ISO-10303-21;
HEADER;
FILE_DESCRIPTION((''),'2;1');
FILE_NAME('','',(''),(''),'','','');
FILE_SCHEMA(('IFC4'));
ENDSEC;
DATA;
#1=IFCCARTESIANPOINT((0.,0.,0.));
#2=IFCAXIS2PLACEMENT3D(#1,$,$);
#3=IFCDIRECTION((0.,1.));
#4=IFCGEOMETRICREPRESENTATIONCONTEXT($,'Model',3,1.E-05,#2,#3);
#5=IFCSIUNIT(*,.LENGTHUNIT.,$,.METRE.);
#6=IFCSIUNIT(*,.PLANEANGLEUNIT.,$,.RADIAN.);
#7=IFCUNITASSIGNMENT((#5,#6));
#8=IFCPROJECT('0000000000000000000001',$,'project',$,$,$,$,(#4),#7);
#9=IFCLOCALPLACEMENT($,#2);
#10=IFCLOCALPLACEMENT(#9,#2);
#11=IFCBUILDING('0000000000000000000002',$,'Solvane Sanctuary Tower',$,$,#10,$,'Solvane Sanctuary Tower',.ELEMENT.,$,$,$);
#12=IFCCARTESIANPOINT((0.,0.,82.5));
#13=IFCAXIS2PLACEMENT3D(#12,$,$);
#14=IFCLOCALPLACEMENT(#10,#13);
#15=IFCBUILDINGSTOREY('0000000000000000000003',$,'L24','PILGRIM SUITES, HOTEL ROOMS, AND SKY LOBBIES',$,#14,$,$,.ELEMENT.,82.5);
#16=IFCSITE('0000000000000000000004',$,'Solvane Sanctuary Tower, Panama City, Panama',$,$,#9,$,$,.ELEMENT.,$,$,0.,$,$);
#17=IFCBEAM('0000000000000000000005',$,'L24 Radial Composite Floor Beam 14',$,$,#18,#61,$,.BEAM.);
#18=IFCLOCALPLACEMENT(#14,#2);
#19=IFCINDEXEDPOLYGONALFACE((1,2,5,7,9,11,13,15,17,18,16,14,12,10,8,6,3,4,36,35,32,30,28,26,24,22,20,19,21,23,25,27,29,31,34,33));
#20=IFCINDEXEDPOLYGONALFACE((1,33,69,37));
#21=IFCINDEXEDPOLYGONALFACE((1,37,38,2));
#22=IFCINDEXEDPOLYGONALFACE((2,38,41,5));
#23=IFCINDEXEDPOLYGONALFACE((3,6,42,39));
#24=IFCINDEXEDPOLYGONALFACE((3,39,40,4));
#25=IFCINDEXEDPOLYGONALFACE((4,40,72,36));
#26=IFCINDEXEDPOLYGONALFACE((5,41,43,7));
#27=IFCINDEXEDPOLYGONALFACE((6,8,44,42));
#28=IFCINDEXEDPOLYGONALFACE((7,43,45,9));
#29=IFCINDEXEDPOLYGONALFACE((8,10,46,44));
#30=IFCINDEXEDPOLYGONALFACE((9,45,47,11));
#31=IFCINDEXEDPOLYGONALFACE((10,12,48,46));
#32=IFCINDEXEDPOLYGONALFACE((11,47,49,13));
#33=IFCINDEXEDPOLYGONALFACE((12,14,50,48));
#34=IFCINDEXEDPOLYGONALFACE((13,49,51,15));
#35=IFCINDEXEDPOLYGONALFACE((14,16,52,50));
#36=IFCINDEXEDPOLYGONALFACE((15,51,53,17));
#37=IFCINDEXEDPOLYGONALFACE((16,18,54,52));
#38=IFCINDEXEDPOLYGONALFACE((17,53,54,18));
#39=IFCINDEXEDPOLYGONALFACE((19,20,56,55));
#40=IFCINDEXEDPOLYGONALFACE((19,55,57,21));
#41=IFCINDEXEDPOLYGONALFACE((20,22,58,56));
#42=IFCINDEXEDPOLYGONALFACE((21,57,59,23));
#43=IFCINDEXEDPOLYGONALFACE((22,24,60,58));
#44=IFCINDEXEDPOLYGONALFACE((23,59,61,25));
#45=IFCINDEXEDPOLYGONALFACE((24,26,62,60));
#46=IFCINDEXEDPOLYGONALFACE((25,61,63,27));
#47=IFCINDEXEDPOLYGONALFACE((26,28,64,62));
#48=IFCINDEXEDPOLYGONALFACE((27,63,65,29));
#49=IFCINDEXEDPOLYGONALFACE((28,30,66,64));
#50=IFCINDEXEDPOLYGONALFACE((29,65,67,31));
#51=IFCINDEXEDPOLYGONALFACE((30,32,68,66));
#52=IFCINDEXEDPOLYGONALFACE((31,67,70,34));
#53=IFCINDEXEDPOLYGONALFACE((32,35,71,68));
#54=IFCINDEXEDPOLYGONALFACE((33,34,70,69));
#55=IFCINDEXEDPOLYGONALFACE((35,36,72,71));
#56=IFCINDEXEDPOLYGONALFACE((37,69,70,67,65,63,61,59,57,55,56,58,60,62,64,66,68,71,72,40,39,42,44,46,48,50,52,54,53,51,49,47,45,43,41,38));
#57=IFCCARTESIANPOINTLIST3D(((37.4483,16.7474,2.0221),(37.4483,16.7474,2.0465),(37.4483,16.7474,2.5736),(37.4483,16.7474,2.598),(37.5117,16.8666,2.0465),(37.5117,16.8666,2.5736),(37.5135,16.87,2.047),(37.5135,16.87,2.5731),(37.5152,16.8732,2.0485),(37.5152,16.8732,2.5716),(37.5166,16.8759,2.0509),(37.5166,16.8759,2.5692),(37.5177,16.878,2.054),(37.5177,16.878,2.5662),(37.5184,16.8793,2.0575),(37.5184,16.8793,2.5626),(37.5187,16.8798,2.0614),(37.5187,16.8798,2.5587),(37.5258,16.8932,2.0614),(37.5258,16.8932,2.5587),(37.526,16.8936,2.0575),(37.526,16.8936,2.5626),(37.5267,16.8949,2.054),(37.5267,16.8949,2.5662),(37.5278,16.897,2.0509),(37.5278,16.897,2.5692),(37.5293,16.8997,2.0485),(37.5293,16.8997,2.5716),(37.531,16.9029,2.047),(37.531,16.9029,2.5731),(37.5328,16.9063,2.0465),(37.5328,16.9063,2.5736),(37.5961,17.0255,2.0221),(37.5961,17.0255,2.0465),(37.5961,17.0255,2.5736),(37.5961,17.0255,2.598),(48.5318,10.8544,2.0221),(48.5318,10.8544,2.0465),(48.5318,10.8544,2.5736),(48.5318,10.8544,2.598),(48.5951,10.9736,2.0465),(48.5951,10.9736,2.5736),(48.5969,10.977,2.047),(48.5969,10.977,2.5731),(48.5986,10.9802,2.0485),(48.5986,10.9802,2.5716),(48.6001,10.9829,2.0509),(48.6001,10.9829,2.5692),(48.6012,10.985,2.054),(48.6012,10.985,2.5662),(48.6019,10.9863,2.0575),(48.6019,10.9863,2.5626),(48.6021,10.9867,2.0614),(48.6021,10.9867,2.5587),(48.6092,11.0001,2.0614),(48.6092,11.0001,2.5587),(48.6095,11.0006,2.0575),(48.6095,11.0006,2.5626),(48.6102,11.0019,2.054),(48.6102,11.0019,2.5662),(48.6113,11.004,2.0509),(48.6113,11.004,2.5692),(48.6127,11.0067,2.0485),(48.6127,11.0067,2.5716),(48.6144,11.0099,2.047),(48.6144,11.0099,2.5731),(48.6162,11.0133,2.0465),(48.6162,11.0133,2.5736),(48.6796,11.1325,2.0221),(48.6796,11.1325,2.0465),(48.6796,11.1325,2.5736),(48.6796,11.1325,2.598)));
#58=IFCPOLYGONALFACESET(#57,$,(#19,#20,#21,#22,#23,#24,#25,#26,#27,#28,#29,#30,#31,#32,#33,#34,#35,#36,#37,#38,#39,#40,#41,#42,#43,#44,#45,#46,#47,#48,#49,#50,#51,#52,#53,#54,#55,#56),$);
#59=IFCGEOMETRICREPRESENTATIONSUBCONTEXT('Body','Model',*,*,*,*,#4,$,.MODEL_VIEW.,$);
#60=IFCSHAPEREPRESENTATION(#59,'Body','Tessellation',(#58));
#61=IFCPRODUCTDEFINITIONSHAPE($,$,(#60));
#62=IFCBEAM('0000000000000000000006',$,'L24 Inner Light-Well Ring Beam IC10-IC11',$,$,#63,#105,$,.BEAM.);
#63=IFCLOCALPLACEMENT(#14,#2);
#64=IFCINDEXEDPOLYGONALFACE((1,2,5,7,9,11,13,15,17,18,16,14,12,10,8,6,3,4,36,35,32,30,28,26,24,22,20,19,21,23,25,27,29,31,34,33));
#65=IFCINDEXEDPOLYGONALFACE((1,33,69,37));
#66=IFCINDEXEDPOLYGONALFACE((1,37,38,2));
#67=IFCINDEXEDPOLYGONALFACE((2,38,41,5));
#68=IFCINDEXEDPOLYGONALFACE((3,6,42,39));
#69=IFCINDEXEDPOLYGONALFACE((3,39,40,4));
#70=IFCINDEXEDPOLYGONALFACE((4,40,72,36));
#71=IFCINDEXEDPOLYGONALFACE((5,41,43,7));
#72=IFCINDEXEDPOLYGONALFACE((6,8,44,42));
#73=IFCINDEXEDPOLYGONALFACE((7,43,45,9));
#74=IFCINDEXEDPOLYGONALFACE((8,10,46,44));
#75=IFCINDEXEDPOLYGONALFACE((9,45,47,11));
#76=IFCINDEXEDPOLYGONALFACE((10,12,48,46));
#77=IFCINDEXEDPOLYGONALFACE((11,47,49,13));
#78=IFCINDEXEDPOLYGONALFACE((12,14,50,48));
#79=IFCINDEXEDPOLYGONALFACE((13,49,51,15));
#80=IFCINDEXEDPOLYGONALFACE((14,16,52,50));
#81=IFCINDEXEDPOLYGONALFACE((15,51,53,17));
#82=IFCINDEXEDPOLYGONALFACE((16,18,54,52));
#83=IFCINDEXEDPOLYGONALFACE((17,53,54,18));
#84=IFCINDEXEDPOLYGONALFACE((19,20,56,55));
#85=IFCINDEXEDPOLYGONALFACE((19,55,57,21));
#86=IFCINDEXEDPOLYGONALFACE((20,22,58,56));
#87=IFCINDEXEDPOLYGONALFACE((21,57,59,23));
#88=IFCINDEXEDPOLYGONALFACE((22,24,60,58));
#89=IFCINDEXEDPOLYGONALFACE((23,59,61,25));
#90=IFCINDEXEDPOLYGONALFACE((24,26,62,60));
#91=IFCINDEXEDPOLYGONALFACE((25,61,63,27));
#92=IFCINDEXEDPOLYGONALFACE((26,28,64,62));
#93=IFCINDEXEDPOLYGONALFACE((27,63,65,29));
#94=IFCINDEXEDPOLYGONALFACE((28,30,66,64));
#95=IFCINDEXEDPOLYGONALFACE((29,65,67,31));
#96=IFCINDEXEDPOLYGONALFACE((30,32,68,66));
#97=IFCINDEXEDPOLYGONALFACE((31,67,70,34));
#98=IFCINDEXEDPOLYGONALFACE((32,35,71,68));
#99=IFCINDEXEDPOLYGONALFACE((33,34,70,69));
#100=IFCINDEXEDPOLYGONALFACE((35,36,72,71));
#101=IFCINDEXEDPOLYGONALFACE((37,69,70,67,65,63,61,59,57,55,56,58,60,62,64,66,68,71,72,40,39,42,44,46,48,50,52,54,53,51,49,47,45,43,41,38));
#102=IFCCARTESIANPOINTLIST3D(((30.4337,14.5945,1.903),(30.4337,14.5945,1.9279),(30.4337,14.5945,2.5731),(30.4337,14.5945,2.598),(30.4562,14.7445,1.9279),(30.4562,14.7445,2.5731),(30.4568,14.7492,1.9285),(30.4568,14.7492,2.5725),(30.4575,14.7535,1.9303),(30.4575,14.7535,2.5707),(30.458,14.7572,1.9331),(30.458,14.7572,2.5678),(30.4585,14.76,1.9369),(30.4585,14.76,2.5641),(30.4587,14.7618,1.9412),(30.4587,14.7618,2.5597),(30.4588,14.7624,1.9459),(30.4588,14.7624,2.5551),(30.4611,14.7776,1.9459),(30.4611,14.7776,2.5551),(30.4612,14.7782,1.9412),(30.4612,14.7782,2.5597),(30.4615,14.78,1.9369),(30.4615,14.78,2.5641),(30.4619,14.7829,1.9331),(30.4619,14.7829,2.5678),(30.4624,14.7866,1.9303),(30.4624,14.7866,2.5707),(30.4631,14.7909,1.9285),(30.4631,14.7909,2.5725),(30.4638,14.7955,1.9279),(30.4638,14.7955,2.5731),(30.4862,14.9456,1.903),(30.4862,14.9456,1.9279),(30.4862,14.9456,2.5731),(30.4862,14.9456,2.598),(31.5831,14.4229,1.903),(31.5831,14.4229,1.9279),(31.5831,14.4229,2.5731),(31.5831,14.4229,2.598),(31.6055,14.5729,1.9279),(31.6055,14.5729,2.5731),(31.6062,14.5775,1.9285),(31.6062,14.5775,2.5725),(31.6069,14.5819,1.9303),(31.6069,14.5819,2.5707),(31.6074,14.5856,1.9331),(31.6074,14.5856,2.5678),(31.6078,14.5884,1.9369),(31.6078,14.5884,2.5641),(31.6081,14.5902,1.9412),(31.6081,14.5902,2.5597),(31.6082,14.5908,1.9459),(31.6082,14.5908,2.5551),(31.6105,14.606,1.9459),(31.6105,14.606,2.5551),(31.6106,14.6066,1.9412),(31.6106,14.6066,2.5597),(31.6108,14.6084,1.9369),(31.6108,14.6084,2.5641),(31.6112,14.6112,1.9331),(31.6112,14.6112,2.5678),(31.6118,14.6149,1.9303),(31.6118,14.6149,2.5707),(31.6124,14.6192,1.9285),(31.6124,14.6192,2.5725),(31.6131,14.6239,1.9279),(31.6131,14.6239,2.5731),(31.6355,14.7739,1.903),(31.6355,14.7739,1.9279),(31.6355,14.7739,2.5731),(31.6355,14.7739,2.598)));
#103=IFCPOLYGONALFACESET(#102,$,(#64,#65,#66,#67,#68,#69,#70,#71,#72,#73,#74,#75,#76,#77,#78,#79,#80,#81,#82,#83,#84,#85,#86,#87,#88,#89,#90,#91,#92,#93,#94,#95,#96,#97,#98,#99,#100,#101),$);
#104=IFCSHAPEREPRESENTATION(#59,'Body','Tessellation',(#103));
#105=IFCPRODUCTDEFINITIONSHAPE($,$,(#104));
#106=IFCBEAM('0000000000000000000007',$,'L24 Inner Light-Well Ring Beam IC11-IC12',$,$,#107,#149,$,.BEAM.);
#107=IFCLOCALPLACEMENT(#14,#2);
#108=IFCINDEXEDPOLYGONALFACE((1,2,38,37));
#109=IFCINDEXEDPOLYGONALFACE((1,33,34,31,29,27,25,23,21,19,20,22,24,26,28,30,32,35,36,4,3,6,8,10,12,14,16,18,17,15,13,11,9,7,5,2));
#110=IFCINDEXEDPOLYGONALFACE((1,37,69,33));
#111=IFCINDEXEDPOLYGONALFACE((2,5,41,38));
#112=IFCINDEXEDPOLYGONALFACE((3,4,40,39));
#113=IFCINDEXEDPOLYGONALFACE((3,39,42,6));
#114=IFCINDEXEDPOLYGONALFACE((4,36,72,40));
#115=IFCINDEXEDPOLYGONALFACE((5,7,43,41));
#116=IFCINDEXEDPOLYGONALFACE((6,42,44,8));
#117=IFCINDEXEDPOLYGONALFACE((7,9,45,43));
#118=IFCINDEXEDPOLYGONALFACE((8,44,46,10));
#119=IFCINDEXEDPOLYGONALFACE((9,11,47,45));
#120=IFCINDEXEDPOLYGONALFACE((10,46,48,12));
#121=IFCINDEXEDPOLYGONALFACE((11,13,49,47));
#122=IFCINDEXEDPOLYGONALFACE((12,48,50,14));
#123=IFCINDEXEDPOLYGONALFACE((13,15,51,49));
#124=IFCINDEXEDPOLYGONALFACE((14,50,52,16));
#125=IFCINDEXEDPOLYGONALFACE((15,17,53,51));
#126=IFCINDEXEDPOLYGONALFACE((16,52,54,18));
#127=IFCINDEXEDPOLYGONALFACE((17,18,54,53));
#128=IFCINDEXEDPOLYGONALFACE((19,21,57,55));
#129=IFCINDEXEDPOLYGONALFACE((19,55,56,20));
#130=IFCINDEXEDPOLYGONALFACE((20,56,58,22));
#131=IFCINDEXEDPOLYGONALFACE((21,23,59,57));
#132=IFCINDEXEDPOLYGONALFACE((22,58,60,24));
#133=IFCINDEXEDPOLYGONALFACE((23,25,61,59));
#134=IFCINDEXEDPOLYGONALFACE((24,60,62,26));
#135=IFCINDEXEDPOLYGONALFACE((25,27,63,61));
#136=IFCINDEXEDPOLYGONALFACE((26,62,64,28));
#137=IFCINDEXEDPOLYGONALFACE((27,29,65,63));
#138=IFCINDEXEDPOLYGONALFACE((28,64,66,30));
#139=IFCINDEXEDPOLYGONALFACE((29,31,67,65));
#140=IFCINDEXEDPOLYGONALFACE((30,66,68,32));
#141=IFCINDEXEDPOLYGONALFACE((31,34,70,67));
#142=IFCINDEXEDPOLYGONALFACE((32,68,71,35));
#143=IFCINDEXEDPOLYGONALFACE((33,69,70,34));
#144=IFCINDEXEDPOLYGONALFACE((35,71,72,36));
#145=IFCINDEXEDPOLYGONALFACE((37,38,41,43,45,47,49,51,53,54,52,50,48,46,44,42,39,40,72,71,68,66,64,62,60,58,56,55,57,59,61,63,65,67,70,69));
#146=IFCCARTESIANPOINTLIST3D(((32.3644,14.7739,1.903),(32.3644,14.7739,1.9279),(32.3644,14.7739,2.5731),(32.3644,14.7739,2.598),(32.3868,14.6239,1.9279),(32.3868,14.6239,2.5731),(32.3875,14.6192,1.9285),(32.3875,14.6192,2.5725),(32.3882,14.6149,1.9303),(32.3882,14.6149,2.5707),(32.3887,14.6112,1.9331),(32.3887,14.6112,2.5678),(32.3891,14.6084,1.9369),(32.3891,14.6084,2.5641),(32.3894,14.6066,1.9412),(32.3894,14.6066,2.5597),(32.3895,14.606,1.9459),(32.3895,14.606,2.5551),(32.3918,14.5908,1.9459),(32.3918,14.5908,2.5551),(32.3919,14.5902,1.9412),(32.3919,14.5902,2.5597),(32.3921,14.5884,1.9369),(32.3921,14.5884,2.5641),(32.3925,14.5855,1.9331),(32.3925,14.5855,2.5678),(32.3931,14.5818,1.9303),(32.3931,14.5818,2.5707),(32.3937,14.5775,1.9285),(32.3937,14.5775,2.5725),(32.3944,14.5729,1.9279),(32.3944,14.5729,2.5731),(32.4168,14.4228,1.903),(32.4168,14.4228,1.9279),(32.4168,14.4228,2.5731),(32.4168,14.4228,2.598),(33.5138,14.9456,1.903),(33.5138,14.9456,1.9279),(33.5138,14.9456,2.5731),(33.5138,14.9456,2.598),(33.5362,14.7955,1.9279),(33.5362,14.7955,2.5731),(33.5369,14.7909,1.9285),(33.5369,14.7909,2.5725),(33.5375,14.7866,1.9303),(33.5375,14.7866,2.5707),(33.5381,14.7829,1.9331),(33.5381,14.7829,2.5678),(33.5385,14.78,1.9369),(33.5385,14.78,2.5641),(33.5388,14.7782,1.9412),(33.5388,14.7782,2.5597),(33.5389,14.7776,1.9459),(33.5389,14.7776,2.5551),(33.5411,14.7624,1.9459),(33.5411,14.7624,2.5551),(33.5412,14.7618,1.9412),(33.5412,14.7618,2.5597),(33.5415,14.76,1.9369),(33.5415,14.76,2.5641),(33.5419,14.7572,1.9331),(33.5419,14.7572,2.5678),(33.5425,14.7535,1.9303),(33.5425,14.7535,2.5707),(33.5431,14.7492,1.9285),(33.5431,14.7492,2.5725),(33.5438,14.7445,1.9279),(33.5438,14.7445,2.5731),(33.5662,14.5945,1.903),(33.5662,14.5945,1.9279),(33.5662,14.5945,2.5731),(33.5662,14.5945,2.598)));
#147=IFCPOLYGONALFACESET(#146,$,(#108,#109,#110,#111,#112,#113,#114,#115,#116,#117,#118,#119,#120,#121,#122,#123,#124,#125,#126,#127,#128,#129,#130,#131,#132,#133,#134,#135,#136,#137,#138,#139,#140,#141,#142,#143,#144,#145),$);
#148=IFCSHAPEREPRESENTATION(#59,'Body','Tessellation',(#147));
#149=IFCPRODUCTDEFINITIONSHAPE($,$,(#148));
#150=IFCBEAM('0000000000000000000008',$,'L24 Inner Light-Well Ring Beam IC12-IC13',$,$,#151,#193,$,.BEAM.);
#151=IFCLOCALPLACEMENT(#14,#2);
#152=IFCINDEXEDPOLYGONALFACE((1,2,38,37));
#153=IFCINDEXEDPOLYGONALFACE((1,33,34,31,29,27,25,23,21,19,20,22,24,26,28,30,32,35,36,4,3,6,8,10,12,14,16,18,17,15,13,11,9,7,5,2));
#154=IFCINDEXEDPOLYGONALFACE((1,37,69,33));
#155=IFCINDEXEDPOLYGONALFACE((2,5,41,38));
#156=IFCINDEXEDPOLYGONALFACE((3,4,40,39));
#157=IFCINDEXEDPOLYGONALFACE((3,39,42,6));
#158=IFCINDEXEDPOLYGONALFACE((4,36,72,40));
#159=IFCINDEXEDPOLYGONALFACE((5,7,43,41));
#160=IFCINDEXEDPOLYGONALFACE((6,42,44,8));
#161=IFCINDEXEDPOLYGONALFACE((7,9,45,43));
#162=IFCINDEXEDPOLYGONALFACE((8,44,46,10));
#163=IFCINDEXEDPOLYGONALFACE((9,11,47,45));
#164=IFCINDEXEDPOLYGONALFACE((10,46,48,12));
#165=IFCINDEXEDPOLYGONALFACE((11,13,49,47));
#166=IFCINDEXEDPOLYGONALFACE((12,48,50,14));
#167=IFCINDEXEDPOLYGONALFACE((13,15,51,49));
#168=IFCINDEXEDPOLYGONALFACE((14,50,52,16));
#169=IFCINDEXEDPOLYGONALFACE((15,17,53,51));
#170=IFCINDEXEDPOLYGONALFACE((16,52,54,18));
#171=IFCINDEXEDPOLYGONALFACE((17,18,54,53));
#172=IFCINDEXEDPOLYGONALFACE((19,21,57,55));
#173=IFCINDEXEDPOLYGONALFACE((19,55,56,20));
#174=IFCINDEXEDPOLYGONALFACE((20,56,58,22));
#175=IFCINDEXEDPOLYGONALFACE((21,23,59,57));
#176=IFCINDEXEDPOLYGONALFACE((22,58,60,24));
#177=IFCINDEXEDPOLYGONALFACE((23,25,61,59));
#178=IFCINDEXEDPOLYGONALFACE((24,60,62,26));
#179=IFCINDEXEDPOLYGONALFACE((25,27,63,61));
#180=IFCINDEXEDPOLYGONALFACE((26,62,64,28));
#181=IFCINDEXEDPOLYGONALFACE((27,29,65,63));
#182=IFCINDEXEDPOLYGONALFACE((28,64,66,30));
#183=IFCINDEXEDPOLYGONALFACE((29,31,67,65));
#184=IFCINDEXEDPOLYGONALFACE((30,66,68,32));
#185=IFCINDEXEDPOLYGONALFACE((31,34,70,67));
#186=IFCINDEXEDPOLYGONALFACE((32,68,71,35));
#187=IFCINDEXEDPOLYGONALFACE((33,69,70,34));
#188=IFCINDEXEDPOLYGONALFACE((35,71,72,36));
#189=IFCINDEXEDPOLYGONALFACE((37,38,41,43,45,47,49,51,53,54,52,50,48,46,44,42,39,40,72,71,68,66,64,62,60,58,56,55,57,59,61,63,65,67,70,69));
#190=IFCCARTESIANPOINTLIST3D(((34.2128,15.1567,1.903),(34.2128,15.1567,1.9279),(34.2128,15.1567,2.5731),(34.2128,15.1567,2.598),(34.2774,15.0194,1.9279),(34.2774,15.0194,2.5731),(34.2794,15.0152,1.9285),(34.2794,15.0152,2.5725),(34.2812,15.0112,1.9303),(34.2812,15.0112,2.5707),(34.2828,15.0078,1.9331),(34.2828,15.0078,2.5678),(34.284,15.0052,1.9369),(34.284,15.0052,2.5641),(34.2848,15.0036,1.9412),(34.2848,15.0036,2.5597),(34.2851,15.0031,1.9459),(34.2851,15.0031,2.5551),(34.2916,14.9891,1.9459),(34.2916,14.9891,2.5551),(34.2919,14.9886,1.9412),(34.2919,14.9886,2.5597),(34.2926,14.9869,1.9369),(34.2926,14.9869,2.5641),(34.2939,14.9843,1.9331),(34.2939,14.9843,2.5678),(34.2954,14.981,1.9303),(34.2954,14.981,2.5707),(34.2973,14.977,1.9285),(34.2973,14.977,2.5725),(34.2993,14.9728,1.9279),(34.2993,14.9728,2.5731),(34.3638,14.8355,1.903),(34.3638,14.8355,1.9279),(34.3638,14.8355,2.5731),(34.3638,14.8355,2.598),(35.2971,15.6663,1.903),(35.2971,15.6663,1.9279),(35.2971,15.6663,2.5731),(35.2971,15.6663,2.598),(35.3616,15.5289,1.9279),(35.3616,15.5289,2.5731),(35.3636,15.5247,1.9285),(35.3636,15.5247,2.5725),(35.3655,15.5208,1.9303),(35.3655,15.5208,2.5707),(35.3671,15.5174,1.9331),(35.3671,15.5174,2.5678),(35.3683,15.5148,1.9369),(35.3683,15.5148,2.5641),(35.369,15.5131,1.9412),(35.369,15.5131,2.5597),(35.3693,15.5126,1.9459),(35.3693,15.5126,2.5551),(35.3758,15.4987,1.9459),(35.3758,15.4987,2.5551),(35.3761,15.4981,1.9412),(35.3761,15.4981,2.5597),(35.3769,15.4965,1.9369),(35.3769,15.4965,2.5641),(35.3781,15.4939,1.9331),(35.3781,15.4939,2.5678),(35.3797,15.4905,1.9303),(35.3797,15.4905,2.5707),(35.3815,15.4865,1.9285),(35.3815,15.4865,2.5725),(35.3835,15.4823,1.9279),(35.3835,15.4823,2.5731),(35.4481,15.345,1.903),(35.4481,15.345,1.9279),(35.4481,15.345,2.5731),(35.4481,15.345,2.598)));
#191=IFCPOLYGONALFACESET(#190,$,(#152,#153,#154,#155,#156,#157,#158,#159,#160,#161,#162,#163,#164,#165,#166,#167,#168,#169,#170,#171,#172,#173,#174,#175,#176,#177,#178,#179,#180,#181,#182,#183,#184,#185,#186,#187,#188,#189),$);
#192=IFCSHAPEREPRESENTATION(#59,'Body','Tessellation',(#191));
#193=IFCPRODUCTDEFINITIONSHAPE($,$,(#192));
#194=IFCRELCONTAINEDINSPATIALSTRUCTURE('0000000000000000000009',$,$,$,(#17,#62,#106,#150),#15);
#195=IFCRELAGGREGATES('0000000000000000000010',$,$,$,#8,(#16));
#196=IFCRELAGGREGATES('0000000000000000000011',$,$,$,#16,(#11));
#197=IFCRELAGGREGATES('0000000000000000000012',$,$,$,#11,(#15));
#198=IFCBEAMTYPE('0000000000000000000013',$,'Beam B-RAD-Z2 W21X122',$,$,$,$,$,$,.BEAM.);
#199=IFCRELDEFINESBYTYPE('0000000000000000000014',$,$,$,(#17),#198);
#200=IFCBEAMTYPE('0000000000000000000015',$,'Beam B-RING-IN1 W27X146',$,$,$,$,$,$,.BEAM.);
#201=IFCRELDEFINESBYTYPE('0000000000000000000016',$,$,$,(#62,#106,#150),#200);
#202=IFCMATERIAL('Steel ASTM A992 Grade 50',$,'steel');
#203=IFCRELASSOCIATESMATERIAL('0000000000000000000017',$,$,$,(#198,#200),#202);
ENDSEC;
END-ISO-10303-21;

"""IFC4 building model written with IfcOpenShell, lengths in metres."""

from ifc_helpers import new_model, si_unit, direction, frame, origin, origin_2d, place, context, subcontext, project, spatial, i_section, extrude, material, material_profile, profile_set, type_object, element, save


model = new_model("IFC4")

# Units and contexts
model_context = context("Model", 3, precision=1e-05, world=origin(), true_north=direction((0.0, 1.0)))
body_context = subcontext(model_context, "Body", "Model", "MODEL_VIEW")
ifc_project = project(units=[si_unit("LENGTHUNIT", "METRE"), si_unit("PLANEANGLEUNIT", "RADIAN")], contexts=[model_context])

# Site, building, storey
site_placement = place(None, origin())
site = spatial("IfcSite", under=ifc_project, at=site_placement, Name="Solvane Sanctuary Tower, Panama City, Panama", CompositionType="ELEMENT", RefElevation=0.0)
building_placement = place(site_placement, origin())
building = spatial("IfcBuilding", under=site, at=building_placement, Name="Solvane Sanctuary Tower", LongName="Solvane Sanctuary Tower", CompositionType="ELEMENT")
storey_placement = place(building_placement, frame((0.0, 0.0, 82.5)))
storey = spatial("IfcBuildingStorey", under=building, at=storey_placement, Name="L24", Description="PILGRIM SUITES, HOTEL ROOMS, AND SKY LOBBIES", CompositionType="ELEMENT", Elevation=82.5)

# Beams
ifc_material_1 = material(Name="Steel ASTM A992 Grade 50", Category="steel")
ifc_material_profile_1 = material_profile(ifc_material_1, i_section(OverallWidth=0.3149, OverallDepth=0.5759, WebThickness=0.0151, FlangeThickness=0.0244, FilletRadius=0.0149, at=origin_2d()), Name="W21X122")
ifc_profile_set_1 = profile_set([ifc_material_profile_1], Name="Steel ASTM A992 Grade 50")
beam_type_1 = type_object("IfcBeamType", Name="Beam B-RAD-Z2 W21X122", PredefinedType="BEAM", material=ifc_profile_set_1)
beam_1_placement = place(storey_placement, frame((37.5222, 16.8865, 2.3101), z_axis=(0.882952, -0.469463, 0.0), x_axis=(0.469463, 0.882952, 0.0)))
element("IfcBeam", 1, at=beam_1_placement, inside=storey, type_object=beam_type_1, Name="L24 Radial Composite Floor Beam 14", PredefinedType="BEAM", context=body_context, shape_type="SweptSolid", body=[
    extrude(i_section(OverallWidth=0.3149, OverallDepth=0.5759, WebThickness=0.0151, FlangeThickness=0.0244, FilletRadius=0.0149, at=origin_2d()), origin(), (0.0, 0.0, 1.0), 12.5527),
])
ifc_material_profile_2 = material_profile(ifc_material_1, i_section(OverallWidth=0.355, OverallDepth=0.6951, WebThickness=0.0154, FlangeThickness=0.0249, FilletRadius=0.0181, at=origin_2d()), Name="W27X146")
ifc_profile_set_2 = profile_set([ifc_material_profile_2], Name="Steel ASTM A992 Grade 50")
beam_type_2 = type_object("IfcBeamType", Name="Beam B-RING-IN1 W27X146", PredefinedType="BEAM", material=ifc_profile_set_2)
for number, where, z_axis, x_axis, name in (
    (2, (30.46, 14.77, 2.2505), (0.989035, -0.147683, 0.0), (0.147683, 0.989035, 0.0), "L24 Inner Light-Well Ring Beam IC10-IC11"),
    (3, (32.3906, 14.5984, 2.2505), (0.989035, 0.147683, 0.0), (-0.147683, 0.989035, 0.0), "L24 Inner Light-Well Ring Beam IC11-IC12"),
):
    element("IfcBeam", number, at=place(storey_placement, frame(where, z_axis=z_axis, x_axis=x_axis)), inside=storey, type_object=beam_type_2, Name=name, PredefinedType="BEAM", context=body_context, shape_type="SweptSolid", body=[
        extrude(i_section(OverallWidth=0.355, OverallDepth=0.6951, WebThickness=0.0154, FlangeThickness=0.0249, FilletRadius=0.0181, at=origin_2d()), origin(), (0.0, 0.0, 1.0), 1.1621),
    ])
beam_2_placement = place(storey_placement, frame((34.2883, 14.9961, 2.2505), z_axis=(0.905045, 0.425316, 0.0), x_axis=(-0.425316, 0.905045, 0.0)))
element("IfcBeam", 4, at=beam_2_placement, inside=storey, type_object=beam_type_2, Name="L24 Inner Light-Well Ring Beam IC12-IC13", PredefinedType="BEAM", context=body_context, shape_type="SweptSolid", body=[
    extrude(i_section(OverallWidth=0.355, OverallDepth=0.6951, WebThickness=0.0154, FlangeThickness=0.0249, FilletRadius=0.0181, at=origin_2d()), origin(), (0.0, 0.0, 1.0), 1.198),
])

save(model, "model.ifc")
